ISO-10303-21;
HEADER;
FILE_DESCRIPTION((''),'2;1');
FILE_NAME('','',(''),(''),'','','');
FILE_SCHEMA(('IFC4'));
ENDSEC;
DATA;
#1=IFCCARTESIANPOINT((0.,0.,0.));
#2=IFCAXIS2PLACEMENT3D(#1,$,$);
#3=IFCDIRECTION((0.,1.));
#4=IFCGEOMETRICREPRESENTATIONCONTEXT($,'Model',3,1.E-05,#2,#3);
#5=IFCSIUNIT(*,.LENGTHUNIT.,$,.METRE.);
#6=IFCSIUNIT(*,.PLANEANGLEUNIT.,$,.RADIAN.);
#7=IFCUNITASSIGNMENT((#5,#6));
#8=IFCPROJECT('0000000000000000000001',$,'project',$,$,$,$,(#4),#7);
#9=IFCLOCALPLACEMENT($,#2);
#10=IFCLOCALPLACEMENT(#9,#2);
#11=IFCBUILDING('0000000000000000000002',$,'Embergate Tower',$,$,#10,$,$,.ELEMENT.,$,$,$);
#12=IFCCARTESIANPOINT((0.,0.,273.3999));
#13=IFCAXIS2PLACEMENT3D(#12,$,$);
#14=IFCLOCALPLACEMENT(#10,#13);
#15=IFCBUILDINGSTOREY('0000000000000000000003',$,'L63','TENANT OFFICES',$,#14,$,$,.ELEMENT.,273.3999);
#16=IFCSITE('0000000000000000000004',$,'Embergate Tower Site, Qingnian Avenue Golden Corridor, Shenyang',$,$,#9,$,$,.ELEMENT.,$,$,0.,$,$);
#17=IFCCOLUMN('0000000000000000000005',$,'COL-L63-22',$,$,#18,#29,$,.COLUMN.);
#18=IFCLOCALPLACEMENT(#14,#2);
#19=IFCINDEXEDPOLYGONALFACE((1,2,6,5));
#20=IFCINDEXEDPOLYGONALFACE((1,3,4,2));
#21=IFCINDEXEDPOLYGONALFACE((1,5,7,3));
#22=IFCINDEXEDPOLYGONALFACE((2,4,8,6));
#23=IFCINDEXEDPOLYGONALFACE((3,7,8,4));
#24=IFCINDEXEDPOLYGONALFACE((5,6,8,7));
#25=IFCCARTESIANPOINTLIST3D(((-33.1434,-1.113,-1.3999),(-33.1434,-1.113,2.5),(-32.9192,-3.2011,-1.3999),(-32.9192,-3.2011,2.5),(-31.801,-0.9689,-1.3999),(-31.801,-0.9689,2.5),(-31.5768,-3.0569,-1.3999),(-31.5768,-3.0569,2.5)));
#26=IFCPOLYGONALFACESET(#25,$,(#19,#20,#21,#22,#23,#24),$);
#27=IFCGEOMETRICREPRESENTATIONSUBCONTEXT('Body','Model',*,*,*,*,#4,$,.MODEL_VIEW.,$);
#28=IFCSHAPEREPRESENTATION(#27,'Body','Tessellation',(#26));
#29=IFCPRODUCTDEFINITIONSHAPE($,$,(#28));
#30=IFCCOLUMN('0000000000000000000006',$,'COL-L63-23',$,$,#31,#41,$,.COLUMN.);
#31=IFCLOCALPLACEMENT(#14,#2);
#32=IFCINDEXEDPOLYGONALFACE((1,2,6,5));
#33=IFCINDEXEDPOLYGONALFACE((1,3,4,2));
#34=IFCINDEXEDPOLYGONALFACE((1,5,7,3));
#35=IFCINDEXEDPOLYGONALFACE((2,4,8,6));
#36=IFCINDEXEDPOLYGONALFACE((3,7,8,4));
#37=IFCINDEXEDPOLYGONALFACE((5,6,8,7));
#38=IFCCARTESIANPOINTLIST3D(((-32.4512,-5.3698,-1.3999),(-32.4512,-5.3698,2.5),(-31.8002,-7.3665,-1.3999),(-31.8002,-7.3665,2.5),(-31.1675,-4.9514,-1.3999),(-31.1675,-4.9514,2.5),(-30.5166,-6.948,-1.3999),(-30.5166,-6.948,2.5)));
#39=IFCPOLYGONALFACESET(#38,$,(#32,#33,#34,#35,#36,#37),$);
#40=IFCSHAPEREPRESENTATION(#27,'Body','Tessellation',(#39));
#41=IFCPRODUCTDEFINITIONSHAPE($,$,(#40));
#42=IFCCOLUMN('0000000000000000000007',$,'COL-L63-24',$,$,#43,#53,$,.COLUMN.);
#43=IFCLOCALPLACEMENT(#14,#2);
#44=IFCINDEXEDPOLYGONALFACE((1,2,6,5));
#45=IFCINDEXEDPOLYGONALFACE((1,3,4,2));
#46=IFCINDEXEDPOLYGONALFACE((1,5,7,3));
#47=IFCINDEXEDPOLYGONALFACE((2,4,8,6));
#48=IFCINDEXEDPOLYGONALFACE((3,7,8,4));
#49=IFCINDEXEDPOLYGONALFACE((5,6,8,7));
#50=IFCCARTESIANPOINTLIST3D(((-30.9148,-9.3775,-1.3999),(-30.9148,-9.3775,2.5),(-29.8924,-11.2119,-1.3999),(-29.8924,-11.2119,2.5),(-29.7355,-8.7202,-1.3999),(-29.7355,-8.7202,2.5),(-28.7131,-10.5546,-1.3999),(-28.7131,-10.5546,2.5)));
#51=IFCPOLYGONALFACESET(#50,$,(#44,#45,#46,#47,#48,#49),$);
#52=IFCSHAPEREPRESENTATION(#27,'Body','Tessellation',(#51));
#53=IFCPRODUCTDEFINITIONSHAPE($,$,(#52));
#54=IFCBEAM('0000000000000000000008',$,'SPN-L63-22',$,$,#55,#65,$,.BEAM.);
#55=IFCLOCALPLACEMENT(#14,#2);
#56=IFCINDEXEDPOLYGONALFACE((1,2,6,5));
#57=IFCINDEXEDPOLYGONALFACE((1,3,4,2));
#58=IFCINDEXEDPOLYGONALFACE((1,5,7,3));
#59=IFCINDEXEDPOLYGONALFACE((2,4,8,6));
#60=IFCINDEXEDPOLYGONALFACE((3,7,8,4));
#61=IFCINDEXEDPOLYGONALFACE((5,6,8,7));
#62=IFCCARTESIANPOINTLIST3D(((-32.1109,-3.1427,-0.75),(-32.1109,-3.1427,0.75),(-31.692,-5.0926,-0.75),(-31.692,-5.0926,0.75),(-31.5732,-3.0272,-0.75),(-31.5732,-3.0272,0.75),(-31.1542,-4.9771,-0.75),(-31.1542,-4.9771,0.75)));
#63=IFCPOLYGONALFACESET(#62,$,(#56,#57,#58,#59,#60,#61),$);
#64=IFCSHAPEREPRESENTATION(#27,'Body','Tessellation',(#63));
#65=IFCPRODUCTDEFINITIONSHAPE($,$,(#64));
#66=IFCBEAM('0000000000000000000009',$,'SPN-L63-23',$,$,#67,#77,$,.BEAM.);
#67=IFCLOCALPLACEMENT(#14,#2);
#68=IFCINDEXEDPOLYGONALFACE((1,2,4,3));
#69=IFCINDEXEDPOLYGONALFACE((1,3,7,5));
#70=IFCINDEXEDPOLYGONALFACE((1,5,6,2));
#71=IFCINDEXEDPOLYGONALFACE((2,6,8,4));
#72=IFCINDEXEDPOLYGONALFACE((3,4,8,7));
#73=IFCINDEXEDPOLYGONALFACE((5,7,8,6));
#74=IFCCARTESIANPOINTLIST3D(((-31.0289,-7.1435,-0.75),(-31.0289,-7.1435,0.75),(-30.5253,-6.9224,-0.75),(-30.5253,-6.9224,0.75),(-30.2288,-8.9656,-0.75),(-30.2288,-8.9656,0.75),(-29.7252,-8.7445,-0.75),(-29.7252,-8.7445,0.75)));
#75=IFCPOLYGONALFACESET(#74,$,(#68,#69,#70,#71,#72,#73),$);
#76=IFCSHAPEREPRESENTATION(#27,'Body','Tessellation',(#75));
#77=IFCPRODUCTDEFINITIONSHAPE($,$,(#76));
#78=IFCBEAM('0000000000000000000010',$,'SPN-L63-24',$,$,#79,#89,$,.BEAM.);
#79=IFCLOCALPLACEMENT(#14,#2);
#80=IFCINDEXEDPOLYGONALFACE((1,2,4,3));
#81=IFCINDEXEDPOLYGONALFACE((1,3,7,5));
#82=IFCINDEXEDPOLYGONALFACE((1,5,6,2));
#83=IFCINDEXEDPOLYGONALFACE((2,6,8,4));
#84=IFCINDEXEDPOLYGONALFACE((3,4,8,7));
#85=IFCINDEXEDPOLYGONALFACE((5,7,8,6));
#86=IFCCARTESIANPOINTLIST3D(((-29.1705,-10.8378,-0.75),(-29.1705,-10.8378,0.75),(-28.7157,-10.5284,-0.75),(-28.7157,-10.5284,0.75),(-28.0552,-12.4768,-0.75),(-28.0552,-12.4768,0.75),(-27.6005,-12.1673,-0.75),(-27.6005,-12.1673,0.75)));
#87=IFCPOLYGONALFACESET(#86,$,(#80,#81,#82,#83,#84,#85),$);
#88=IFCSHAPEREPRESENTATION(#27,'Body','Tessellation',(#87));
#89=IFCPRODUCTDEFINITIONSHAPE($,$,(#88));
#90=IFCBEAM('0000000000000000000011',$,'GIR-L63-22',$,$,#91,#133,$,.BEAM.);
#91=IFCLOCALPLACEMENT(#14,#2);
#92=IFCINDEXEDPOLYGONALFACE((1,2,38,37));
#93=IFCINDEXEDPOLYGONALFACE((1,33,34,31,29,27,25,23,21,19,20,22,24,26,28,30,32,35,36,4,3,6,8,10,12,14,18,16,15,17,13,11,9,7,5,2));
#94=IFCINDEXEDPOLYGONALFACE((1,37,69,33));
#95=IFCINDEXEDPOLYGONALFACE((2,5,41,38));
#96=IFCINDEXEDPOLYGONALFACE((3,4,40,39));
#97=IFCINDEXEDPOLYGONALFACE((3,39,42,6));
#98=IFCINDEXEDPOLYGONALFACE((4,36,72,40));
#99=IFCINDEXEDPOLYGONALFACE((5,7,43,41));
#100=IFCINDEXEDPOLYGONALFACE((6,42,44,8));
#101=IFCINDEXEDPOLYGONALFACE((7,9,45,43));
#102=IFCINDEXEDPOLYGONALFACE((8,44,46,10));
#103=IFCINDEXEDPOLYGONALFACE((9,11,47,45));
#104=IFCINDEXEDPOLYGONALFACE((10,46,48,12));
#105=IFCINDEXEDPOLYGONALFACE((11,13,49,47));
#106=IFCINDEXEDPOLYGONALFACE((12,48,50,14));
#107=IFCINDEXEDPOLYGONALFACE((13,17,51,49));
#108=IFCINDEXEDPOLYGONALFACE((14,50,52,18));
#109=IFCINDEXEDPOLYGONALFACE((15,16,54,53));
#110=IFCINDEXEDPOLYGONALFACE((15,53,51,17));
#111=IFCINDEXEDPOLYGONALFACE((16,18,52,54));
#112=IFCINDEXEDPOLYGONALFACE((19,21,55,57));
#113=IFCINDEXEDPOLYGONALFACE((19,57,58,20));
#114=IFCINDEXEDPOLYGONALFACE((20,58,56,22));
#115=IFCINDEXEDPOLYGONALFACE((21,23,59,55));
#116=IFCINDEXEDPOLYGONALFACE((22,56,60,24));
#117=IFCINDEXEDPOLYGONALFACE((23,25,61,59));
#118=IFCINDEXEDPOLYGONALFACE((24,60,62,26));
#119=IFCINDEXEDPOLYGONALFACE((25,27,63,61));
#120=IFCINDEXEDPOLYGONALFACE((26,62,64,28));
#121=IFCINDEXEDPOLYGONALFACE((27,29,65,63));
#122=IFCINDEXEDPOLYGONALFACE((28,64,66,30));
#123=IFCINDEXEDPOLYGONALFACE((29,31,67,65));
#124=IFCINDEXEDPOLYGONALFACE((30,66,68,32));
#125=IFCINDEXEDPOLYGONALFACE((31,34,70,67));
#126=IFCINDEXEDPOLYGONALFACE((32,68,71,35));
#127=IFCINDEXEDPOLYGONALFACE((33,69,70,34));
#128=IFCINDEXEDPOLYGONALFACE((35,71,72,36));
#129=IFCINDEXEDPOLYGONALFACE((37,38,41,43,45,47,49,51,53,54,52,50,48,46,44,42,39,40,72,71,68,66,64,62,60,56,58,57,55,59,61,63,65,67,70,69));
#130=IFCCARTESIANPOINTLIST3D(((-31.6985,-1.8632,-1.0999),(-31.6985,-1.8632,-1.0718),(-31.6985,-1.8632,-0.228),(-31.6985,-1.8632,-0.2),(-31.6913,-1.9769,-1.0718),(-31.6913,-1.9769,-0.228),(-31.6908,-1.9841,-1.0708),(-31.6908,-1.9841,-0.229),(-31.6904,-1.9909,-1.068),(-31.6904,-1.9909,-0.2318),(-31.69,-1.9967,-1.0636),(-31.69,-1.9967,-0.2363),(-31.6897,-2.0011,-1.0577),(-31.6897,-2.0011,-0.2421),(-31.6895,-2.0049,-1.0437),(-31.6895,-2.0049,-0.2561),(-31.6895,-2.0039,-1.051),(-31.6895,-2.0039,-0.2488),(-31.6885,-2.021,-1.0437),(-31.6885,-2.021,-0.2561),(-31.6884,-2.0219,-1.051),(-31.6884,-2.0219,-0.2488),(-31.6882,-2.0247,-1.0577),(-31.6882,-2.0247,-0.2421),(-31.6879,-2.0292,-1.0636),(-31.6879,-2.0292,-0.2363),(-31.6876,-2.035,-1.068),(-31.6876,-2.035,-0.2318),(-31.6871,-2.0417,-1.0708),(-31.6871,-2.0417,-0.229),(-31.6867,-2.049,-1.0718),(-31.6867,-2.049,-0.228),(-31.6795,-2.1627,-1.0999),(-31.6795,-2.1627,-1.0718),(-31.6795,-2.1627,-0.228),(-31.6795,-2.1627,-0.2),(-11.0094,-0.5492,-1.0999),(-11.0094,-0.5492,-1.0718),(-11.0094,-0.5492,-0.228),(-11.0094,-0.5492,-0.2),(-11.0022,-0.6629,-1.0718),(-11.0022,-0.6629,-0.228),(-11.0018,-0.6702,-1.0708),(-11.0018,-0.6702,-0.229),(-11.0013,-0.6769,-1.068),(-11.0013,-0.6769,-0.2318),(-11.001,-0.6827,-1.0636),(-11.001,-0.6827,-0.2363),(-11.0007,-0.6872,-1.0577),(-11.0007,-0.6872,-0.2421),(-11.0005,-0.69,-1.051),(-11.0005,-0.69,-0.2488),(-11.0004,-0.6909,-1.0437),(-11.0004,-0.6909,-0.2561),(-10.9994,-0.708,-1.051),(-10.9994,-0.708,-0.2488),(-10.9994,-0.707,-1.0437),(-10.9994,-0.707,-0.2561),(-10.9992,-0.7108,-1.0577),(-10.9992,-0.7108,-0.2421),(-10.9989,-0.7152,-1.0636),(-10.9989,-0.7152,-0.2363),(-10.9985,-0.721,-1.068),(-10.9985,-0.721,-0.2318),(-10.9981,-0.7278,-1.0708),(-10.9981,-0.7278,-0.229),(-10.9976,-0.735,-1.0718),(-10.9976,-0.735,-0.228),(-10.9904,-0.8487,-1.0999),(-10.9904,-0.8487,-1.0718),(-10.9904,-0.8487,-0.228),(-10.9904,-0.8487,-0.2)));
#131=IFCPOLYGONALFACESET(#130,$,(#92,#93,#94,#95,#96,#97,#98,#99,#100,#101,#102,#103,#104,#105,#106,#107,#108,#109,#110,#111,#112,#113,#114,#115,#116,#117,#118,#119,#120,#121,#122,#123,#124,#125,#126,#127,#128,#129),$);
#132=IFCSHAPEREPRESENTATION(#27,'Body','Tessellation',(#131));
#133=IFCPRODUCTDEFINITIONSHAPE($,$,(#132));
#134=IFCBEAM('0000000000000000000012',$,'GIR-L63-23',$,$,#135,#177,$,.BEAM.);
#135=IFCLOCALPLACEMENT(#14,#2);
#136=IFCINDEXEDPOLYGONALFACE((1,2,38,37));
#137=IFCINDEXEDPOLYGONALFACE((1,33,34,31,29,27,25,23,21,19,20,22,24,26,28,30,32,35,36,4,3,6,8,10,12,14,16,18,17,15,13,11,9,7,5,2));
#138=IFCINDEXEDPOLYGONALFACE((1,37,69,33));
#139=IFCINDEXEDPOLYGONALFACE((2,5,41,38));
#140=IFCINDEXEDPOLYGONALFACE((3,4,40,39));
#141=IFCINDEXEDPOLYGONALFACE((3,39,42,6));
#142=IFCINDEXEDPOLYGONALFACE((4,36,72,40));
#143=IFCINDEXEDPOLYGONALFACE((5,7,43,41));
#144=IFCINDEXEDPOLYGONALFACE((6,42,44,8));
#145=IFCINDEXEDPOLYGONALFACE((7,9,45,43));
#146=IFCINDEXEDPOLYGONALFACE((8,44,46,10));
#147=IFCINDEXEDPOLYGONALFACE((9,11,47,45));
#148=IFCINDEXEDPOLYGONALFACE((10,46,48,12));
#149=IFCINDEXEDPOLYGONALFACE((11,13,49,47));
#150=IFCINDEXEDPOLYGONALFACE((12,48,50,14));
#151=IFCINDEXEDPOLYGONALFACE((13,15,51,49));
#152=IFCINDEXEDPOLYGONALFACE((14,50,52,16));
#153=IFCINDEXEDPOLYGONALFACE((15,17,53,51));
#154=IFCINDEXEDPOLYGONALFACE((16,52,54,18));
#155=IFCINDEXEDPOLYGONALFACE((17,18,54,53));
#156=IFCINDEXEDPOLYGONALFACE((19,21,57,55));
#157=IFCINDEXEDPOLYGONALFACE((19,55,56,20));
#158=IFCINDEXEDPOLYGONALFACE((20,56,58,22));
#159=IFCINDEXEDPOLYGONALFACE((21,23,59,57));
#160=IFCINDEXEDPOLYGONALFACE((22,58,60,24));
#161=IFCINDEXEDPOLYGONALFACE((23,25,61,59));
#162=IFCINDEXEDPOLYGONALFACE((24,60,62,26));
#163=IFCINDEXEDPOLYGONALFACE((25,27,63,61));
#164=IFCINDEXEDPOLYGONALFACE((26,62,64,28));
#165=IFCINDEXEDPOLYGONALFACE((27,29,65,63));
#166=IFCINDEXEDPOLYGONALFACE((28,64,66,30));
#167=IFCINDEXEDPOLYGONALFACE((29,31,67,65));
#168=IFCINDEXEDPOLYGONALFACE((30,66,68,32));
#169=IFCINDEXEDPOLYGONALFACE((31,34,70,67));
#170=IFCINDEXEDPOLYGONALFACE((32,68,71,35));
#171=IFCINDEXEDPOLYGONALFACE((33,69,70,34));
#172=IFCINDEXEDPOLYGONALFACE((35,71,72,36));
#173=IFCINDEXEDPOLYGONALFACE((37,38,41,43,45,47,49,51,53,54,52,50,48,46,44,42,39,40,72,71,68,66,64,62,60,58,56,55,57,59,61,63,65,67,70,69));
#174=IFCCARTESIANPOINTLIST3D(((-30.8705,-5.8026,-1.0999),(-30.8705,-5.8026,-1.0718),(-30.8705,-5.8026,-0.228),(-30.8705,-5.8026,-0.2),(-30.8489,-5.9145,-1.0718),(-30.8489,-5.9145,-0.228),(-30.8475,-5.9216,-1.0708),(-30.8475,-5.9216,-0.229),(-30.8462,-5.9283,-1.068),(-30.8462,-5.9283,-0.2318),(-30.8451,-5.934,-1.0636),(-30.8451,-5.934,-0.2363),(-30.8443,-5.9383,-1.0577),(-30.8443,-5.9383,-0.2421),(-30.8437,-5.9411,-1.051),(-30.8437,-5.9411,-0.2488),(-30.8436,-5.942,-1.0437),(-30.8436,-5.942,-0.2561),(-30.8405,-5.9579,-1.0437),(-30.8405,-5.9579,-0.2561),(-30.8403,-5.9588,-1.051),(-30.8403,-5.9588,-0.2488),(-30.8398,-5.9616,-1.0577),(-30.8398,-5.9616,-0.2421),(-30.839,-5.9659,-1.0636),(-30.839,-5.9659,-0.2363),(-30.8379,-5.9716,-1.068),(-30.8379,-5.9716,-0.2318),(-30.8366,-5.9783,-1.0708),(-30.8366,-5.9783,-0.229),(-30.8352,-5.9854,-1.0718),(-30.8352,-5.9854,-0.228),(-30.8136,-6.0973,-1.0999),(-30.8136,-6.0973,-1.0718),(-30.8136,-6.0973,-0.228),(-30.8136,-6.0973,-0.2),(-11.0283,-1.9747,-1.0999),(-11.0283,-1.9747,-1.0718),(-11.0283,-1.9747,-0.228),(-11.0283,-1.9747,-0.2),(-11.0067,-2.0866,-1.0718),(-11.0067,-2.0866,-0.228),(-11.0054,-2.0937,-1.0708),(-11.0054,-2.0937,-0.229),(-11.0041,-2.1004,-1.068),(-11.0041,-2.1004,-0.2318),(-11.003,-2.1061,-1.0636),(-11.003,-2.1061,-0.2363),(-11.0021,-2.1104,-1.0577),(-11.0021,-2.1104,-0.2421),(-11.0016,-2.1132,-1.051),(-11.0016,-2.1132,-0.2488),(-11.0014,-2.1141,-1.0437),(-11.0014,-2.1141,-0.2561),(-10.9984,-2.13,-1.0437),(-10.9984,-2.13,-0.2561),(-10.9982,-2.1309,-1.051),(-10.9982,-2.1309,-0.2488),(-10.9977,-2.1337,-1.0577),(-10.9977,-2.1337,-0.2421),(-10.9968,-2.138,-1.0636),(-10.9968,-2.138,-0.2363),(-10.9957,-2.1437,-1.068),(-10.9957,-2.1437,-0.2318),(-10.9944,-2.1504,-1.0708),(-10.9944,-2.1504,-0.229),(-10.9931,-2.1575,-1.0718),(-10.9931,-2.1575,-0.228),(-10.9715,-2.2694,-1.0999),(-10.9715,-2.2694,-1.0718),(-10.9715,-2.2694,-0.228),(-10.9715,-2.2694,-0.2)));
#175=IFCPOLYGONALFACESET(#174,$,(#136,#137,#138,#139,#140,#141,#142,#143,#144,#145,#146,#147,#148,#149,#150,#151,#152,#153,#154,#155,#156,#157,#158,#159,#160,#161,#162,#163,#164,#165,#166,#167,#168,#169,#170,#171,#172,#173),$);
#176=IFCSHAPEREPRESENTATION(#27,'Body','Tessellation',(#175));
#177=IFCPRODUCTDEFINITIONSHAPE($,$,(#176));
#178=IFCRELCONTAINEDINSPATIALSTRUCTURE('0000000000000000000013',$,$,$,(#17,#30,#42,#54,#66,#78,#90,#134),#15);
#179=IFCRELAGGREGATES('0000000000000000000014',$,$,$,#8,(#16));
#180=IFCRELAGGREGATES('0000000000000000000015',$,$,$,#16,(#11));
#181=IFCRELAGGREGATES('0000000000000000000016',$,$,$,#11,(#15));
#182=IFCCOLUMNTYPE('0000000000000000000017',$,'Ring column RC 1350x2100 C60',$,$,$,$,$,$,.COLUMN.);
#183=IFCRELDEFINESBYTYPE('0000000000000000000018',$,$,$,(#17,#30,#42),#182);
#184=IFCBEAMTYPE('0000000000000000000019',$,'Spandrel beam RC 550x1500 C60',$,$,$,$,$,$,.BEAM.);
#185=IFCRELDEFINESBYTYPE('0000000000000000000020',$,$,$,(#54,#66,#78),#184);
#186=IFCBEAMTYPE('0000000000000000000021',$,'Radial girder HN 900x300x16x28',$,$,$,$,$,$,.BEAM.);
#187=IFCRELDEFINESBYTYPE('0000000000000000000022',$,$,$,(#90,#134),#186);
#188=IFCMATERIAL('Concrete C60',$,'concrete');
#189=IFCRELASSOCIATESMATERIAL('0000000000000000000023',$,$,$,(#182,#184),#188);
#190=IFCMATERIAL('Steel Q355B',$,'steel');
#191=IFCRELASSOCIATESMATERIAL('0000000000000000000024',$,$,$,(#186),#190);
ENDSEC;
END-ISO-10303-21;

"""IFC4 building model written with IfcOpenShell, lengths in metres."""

from ifc_helpers import new_model, si_unit, direction, frame, origin, origin_2d, place, context, subcontext, project, spatial, rectangle, i_section, extrude, source, transform, mapped, material, material_profile, profile_set, type_object, element, save


model = new_model("IFC4")

# Units and contexts
model_context = context("Model", 3, precision=1e-05, world=origin(), true_north=direction((0.0, 1.0)))
body_context = subcontext(model_context, "Body", "Model", "MODEL_VIEW")
ifc_project = project(units=[si_unit("LENGTHUNIT", "METRE"), si_unit("PLANEANGLEUNIT", "RADIAN")], contexts=[model_context])

# Site, building, storey
site_placement = place(None, origin())
site = spatial("IfcSite", under=ifc_project, at=site_placement, Name="Embergate Tower Site, Qingnian Avenue Golden Corridor, Shenyang", CompositionType="ELEMENT", RefElevation=0.0)
building_placement = place(site_placement, origin())
building = spatial("IfcBuilding", under=site, at=building_placement, Name="Embergate Tower", CompositionType="ELEMENT")
storey_placement = place(building_placement, frame((0.0, 0.0, 273.3999)))
storey = spatial("IfcBuildingStorey", under=building, at=storey_placement, Name="L63", Description="TENANT OFFICES", CompositionType="ELEMENT", Elevation=273.3999)

# Columns
ifc_material_1 = material(Name="Concrete C60", Category="concrete")
ifc_material_profile_1 = material_profile(ifc_material_1, rectangle(XDim=1.3501, YDim=2.1001, at=origin_2d()), Name="RC 1350x2100")
ifc_profile_set_1 = profile_set([ifc_material_profile_1], Name="Concrete C60")
column_type = type_object("IfcColumnType", Name="Ring column RC 1350x2100 C60", PredefinedType="COLUMN", material=ifc_profile_set_1)
shared_shape_1 = source(origin(), body_context, "Body", "SweptSolid", [
    extrude(rectangle(XDim=1.3501, YDim=2.1001, at=origin_2d()), origin(), (0.0, 0.0, 1.0), 3.8999),
])
for number, where, z_axis, x_axis, name in (
    (1, (-32.3601, -2.085, -1.3999), (0.0, 0.0, 1.0), (-0.994286, -0.10675, 0.0), "COL-L63-22"),
    (2, (-31.4839, -6.1589, -1.3999), (0.0, 0.0, 1.0), (-0.950754, -0.309946, 0.0), "COL-L63-23"),
    (3, (-29.814, -9.9661, -1.3999), (0.0, 0.0, 1.0), (-0.873492, -0.486839, 0.0), "COL-L63-24"),
):
    element("IfcColumn", number, at=place(storey_placement, frame(where, z_axis=z_axis, x_axis=x_axis)), inside=storey, type_object=column_type, Name=name, PredefinedType="COLUMN", context=body_context, shape_type="MappedRepresentation", body=[
        mapped(shared_shape_1, transform((0.0, 0.0, 0.0))),
    ])

# Beams
ifc_material_profile_2 = material_profile(ifc_material_1, rectangle(XDim=0.55, YDim=1.5, at=origin_2d()), Name="RC 550x1500")
ifc_profile_set_2 = profile_set([ifc_material_profile_2], Name="Concrete C60")
beam_type_1 = type_object("IfcBeamType", Name="Spandrel beam RC 550x1500 C60", PredefinedType="BEAM", material=ifc_profile_set_2)
shared_shape_2 = source(origin(), body_context, "Body", "SweptSolid", [
    extrude(rectangle(XDim=0.55, YDim=1.5, at=origin_2d()), origin(), (0.0, 0.0, 1.0), 1.9944),
])
beam_1_placement = place(storey_placement, frame((-31.842, -3.085, 0.0), z_axis=(0.210056, -0.977689, 0.0), x_axis=(0.977689, 0.210056, 0.0)))
element("IfcBeam", 4, at=beam_1_placement, inside=storey, type_object=beam_type_1, Name="SPN-L63-22", PredefinedType="BEAM", context=body_context, shape_type="MappedRepresentation", body=[
    mapped(shared_shape_2, transform((0.0, 0.0, 0.0))),
])
shared_shape_3 = source(origin(), body_context, "Body", "SweptSolid", [
    extrude(rectangle(XDim=0.55, YDim=1.5, at=origin_2d()), origin(), (0.0, 0.0, 1.0), 1.99),
])
beam_2_placement = place(storey_placement, frame((-30.7771, -7.033, 0.0), z_axis=(0.402048, -0.915619, 0.0), x_axis=(0.915619, 0.402048, 0.0)))
element("IfcBeam", 5, at=beam_2_placement, inside=storey, type_object=beam_type_1, Name="SPN-L63-23", PredefinedType="BEAM", context=body_context, shape_type="MappedRepresentation", body=[
    mapped(shared_shape_3, transform((0.0, 0.0, 0.0))),
])
shared_shape_4 = source(origin(), body_context, "Body", "SweptSolid", [
    extrude(rectangle(XDim=0.55, YDim=1.5, at=origin_2d()), origin(), (0.0, 0.0, 1.0), 1.9824),
])
beam_3_placement = place(storey_placement, frame((-28.9431, -10.6831, 0.0), z_axis=(0.562576, -0.826745, 0.0), x_axis=(0.826745, 0.562576, 0.0)))
element("IfcBeam", 6, at=beam_3_placement, inside=storey, type_object=beam_type_1, Name="SPN-L63-24", PredefinedType="BEAM", context=body_context, shape_type="MappedRepresentation", body=[
    mapped(shared_shape_4, transform((0.0, 0.0, 0.0))),
])
ifc_material_2 = material(Name="Steel Q355B", Category="steel")
ifc_material_profile_3 = material_profile(ifc_material_2, i_section(OverallWidth=0.3, OverallDepth=0.8999, WebThickness=0.0161, FlangeThickness=0.0281, FilletRadius=0.0281, at=origin_2d()), Name="HN 900x300x16x28")
ifc_profile_set_3 = profile_set([ifc_material_profile_3], Name="Steel Q355 grade B")
beam_type_2 = type_object("IfcBeamType", Name="Radial girder HN 900x300x16x28", PredefinedType="BEAM", material=ifc_profile_set_3)
shared_shape_5 = source(origin(), body_context, "Body", "SweptSolid", [
    extrude(i_section(OverallWidth=0.3, OverallDepth=0.8999, WebThickness=0.0161, FlangeThickness=0.0281, FilletRadius=0.0281, at=origin_2d()), origin(), (0.0, 0.0, 1.0), 20.7307),
])
beam_4_placement = place(storey_placement, frame((-31.689, -2.0129, -0.6499), z_axis=(0.997989, 0.063383, 0.0), x_axis=(-0.063383, 0.997989, 0.0)))
element("IfcBeam", 7, at=beam_4_placement, inside=storey, type_object=beam_type_2, Name="GIR-L63-22", PredefinedType="BEAM", context=body_context, shape_type="MappedRepresentation", body=[
    mapped(shared_shape_5, transform((0.0, 0.0, 0.0))),
])
shared_shape_6 = source(origin(), body_context, "Body", "SweptSolid", [
    extrude(i_section(OverallWidth=0.3, OverallDepth=0.8999, WebThickness=0.0161, FlangeThickness=0.0281, FilletRadius=0.0281, at=origin_2d()), origin(), (0.0, 0.0, 1.0), 20.208),
])
beam_5_placement = place(storey_placement, frame((-30.842, -5.95, -0.6499), z_axis=(0.981895, 0.189425, 0.0), x_axis=(-0.189425, 0.981895, 0.0)))
element("IfcBeam", 8, at=beam_5_placement, inside=storey, type_object=beam_type_2, Name="GIR-L63-23", PredefinedType="BEAM", context=body_context, shape_type="MappedRepresentation", body=[
    mapped(shared_shape_6, transform((0.0, 0.0, 0.0))),
])

save(model, "model.ifc")
